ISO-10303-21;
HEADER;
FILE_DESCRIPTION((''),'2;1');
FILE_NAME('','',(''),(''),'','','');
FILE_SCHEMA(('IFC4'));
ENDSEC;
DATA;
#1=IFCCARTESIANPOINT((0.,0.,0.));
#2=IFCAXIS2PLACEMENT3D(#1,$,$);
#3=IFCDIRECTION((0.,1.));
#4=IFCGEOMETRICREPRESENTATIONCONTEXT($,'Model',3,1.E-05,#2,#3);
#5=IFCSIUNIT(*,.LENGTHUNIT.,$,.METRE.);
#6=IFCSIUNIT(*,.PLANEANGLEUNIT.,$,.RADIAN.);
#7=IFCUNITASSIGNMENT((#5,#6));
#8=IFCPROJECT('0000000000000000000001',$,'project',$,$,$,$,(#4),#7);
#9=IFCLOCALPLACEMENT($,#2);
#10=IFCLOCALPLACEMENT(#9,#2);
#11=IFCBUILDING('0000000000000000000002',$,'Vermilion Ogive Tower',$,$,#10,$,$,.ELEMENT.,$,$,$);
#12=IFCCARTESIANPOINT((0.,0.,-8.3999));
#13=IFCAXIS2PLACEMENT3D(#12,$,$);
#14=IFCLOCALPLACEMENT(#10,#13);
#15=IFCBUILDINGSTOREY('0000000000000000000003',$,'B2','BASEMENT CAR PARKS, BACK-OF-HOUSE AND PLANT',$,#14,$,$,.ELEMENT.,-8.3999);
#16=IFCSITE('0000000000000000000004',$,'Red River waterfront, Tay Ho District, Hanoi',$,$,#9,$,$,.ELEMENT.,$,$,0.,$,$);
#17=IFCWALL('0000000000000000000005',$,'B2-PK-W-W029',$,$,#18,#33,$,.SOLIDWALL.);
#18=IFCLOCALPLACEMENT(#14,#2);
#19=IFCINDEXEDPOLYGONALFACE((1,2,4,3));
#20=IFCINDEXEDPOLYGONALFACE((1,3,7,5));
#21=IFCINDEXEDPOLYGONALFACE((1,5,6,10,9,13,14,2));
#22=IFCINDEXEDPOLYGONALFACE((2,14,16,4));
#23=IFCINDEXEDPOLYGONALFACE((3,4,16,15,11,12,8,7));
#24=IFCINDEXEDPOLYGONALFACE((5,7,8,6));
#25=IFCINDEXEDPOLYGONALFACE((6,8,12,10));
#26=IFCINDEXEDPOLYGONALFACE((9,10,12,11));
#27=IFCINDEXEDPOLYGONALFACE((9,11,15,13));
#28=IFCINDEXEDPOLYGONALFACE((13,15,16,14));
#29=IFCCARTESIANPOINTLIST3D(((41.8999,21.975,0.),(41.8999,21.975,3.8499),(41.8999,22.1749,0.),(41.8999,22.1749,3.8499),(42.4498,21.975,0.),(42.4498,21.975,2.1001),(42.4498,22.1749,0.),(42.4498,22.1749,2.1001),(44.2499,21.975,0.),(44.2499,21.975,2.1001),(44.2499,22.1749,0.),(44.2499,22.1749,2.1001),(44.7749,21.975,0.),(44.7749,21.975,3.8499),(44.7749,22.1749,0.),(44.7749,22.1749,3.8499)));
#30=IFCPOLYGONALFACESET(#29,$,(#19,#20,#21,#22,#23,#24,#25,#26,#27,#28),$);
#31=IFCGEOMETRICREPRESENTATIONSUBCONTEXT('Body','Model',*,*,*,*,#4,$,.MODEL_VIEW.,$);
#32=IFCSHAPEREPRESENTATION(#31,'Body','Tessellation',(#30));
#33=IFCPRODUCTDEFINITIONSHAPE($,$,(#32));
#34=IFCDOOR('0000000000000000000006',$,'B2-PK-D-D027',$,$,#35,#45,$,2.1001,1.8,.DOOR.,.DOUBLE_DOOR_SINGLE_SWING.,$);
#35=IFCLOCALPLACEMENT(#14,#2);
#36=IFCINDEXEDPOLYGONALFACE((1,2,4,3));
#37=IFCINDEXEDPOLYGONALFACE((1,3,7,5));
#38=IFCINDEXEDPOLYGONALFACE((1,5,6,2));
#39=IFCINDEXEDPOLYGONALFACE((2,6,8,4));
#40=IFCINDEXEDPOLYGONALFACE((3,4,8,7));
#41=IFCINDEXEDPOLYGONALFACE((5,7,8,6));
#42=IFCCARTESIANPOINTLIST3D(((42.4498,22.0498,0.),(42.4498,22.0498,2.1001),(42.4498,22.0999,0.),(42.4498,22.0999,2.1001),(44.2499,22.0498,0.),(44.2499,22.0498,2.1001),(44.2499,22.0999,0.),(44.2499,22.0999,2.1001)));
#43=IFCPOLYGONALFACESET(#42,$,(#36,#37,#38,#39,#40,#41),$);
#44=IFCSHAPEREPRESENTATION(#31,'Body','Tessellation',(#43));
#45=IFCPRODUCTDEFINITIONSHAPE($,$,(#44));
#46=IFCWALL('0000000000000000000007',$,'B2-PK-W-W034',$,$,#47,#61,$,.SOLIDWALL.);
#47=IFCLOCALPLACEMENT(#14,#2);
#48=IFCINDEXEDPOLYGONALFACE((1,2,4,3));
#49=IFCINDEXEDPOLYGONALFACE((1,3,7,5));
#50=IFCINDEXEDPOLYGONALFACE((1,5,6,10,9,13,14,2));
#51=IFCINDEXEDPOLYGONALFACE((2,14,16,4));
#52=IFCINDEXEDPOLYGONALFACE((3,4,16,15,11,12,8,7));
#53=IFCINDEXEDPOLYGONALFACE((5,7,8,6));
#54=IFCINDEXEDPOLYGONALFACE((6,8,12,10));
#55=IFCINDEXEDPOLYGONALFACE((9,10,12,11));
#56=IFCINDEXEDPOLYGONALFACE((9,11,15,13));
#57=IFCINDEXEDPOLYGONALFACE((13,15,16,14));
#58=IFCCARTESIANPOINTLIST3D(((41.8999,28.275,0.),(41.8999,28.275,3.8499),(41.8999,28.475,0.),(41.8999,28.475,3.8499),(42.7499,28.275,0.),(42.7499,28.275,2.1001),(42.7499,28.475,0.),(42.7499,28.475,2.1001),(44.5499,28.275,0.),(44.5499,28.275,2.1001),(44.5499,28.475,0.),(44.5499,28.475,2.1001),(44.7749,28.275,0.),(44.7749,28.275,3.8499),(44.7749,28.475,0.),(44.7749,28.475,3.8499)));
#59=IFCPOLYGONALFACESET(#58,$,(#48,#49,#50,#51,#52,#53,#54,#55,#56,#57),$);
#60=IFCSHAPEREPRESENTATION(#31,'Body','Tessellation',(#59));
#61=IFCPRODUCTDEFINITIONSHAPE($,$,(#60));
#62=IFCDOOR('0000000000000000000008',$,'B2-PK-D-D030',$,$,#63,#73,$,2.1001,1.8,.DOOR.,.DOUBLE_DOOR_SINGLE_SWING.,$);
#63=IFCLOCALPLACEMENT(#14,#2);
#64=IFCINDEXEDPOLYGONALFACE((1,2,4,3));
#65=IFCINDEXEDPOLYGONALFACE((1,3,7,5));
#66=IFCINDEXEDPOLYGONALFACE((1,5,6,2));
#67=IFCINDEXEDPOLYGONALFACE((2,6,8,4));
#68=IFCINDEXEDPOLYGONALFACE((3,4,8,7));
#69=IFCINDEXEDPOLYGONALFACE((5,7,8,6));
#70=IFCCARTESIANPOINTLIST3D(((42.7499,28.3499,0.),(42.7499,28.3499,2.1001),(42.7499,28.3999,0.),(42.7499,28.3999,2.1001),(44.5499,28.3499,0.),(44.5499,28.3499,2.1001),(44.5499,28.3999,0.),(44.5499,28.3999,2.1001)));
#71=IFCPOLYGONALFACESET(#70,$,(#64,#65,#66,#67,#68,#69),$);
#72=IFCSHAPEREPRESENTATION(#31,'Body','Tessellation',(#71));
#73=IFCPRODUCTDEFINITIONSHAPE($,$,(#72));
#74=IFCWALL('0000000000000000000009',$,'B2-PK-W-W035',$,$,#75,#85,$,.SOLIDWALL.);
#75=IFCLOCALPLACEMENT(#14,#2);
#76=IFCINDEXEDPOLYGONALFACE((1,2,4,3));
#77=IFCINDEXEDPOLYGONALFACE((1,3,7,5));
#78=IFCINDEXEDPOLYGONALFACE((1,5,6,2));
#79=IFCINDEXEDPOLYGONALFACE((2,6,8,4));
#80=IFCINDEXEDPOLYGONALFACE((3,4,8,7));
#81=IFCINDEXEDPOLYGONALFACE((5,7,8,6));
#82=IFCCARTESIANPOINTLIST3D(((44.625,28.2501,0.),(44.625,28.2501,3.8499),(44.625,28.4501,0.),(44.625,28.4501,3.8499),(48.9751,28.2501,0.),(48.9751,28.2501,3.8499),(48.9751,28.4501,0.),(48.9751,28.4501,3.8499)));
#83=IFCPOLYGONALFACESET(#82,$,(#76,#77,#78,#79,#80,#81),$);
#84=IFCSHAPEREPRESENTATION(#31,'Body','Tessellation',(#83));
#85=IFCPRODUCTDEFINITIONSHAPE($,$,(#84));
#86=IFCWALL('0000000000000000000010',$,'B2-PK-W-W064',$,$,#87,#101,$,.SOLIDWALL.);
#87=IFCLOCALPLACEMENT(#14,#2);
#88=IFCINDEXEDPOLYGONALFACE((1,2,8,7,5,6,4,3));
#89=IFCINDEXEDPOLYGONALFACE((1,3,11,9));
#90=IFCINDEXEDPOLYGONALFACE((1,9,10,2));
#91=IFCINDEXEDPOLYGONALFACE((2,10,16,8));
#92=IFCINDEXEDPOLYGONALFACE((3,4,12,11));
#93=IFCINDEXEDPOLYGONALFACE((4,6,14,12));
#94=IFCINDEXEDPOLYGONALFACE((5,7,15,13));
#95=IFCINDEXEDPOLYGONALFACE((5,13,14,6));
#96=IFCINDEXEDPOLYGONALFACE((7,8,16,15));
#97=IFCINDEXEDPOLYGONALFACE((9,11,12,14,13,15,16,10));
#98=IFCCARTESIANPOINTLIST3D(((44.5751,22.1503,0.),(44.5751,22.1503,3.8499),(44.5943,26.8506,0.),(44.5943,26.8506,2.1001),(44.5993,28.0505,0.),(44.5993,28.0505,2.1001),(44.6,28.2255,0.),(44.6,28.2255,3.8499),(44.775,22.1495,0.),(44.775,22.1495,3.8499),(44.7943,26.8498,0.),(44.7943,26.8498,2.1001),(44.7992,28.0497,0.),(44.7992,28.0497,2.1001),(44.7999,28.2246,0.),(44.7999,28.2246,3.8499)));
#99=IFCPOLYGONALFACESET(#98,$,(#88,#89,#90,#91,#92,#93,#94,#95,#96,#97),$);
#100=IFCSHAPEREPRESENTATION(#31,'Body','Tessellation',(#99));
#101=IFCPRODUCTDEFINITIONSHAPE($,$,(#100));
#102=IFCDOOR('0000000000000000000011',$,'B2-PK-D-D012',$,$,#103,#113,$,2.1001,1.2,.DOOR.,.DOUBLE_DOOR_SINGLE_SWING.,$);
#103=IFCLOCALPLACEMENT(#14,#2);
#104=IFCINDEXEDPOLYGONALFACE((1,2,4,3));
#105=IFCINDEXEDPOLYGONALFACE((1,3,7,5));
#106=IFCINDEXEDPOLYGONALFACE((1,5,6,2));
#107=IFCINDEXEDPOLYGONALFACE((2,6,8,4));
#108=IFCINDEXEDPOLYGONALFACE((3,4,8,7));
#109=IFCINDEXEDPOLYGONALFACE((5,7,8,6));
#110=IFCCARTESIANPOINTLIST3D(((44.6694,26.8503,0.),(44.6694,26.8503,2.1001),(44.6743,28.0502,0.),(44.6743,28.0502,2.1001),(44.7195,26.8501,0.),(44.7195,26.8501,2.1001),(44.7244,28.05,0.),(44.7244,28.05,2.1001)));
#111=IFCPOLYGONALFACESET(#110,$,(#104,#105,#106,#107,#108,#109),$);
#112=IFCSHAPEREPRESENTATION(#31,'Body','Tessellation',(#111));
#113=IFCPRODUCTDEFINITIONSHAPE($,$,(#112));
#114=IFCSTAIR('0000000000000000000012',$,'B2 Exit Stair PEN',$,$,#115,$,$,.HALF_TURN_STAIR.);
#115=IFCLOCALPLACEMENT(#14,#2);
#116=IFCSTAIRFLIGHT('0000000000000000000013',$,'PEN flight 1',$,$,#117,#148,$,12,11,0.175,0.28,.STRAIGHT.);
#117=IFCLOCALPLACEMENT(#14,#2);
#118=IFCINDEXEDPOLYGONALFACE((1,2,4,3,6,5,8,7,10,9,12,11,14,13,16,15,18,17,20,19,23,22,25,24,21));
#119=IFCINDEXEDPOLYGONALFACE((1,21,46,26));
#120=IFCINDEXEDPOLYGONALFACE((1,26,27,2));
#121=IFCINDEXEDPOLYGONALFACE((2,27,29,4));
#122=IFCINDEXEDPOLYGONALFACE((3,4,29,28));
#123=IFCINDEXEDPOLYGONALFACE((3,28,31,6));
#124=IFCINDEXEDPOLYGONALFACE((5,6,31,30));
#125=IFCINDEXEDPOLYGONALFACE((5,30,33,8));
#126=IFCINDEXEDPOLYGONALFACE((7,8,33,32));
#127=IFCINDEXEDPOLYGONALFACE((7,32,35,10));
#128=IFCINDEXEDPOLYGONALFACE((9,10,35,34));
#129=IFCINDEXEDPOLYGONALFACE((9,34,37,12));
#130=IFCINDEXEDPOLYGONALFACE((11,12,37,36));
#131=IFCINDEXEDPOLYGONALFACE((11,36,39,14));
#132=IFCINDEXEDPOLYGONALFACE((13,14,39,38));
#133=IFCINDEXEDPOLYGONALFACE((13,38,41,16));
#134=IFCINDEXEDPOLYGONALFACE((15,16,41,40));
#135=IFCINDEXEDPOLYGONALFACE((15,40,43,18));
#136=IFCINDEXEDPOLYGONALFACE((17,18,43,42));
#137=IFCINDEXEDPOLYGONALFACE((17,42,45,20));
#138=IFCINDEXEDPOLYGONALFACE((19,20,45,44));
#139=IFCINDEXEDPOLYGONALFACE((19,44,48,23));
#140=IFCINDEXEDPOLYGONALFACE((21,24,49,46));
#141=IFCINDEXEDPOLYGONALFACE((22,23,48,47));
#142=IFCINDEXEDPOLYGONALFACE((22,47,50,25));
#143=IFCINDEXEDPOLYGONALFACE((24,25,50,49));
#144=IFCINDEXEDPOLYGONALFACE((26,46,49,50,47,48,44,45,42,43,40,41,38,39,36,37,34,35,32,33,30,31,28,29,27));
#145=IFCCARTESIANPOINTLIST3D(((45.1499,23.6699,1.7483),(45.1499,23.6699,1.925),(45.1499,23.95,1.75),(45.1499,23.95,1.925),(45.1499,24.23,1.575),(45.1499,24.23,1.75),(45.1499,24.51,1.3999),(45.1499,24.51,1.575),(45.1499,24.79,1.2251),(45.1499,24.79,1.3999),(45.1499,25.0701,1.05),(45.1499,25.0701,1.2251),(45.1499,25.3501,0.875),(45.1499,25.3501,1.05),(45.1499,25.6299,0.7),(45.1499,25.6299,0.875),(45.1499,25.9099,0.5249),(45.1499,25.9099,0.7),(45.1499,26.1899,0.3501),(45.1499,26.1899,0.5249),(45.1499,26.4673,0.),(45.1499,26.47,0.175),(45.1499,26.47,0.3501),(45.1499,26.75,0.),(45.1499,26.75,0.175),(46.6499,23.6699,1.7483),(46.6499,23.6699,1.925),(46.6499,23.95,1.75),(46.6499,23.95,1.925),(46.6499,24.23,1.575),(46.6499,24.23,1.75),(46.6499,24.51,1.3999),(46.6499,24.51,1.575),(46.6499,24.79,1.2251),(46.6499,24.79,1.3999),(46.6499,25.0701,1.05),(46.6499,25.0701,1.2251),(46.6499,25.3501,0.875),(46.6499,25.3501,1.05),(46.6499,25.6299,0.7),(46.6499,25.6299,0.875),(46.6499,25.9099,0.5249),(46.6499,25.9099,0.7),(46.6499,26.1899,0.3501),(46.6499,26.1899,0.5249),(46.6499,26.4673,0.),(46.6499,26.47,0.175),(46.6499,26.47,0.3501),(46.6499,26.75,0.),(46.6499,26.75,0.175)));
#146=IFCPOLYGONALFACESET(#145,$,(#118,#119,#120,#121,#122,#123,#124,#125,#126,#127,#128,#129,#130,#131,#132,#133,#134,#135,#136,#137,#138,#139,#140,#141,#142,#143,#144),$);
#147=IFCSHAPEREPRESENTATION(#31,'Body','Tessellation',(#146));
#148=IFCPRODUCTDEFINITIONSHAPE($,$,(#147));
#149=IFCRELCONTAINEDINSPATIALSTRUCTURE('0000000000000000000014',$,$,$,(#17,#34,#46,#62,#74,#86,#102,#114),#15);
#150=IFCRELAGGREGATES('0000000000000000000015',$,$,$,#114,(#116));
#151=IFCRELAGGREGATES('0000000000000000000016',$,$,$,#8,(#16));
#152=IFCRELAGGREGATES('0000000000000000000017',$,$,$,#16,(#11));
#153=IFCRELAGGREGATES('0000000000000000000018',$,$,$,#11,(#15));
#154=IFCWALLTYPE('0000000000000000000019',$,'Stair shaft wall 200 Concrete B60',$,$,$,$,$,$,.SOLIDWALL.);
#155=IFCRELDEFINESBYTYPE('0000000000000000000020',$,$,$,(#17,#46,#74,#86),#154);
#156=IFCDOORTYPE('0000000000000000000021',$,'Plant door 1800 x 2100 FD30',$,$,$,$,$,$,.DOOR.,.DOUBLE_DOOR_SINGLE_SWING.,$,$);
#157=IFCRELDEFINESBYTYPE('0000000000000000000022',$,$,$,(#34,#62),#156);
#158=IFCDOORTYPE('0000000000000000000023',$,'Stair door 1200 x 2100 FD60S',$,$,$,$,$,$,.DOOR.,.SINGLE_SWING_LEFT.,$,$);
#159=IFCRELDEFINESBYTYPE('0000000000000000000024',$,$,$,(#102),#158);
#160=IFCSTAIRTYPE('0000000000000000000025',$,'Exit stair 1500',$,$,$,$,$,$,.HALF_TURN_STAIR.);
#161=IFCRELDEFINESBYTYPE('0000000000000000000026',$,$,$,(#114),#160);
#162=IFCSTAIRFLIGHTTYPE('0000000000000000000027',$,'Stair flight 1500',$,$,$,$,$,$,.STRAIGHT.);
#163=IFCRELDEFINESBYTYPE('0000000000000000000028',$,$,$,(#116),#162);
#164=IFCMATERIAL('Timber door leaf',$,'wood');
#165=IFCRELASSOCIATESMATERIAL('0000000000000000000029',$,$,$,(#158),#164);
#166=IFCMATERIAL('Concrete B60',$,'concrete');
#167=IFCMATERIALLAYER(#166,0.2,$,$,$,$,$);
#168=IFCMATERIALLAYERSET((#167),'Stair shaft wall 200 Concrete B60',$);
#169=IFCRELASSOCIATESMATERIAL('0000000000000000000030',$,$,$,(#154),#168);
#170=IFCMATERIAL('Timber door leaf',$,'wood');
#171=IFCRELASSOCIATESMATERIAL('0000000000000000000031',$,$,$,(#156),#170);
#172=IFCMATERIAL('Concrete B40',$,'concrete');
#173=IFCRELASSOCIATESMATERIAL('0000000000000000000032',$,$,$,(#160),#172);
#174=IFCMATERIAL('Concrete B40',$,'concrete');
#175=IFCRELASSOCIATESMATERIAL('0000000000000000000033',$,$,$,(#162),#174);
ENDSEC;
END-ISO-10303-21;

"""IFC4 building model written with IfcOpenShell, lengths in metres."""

from ifc_helpers import new_model, si_unit, direction, frame, frame_2d, origin, place, context, subcontext, project, spatial, polyline, rectangle, outline, extrude, material, layer, layer_set, type_object, element, fill, aggregate, save


model = new_model("IFC4")

# Units and contexts
model_context = context("Model", 3, precision=1e-05, world=origin(), true_north=direction((0.0, 1.0)))
body_context = subcontext(model_context, "Body", "Model", "MODEL_VIEW")
ifc_project = project(units=[si_unit("LENGTHUNIT", "METRE"), si_unit("PLANEANGLEUNIT", "RADIAN")], contexts=[model_context])

# Site, building, storey
site_placement = place(None, origin())
site = spatial("IfcSite", under=ifc_project, at=site_placement, Name="Red River waterfront, Tay Ho District, Hanoi", CompositionType="ELEMENT", RefElevation=0.0)
building_placement = place(site_placement, origin())
building = spatial("IfcBuilding", under=site, at=building_placement, Name="Vermilion Ogive Tower", CompositionType="ELEMENT")
storey_placement = place(building_placement, frame((0.0, 0.0, -8.3999)))
storey = spatial("IfcBuildingStorey", under=building, at=storey_placement, Name="B2", Description="BASEMENT CAR PARKS, BACK-OF-HOUSE AND PLANT", CompositionType="ELEMENT", Elevation=-8.3999)

# Shared definitions
ifc_material_1 = material(Name="Timber door leaf", Category="wood")
door_type_1 = type_object("IfcDoorType", Name="Stair door 1200 x 2100 FD60S", OperationType="SINGLE_SWING_LEFT", PredefinedType="DOOR", material=ifc_material_1)

# Walls, openings, doors
ifc_material_2 = material(Name="Concrete B60", Category="concrete")
ifc_layer_1 = layer(ifc_material_2, 0.2)
ifc_layer_set_1 = layer_set([ifc_layer_1], Name="Stair shaft wall 200 Concrete B60")
wall_type_1 = type_object("IfcWallType", Name="Stair shaft wall 200 Concrete B60", PredefinedType="SOLIDWALL", material=ifc_layer_set_1)
wall_1_placement = place(storey_placement, frame((41.8999, 22.075, 0.0), z_axis=(0.0, 0.0, 1.0), x_axis=(1.0, 0.0, 0.0)))
wall_1 = element("IfcWall", 1, at=wall_1_placement, inside=storey, type_object=wall_type_1, Name="B2-PK-W-W029", PredefinedType="SOLIDWALL", context=body_context, shape_type="SweptSolid", body=[
    extrude(rectangle(XDim=2.875, YDim=0.2, at=frame_2d((1.4375, 0.0))), origin(), (0.0, 0.0, 1.0), 3.8499),
])
opening_1_placement = place(wall_1_placement, frame((0.55, 0.0, 0.0)))
opening_1 = element("IfcOpeningElement", 2, at=opening_1_placement, cuts=wall_1, PredefinedType="OPENING", context=body_context, shape_type="SweptSolid", body=[
    extrude(rectangle(XDim=1.8, YDim=2.1001, at=frame_2d((0.8999, 1.05))), frame((0.0, 0.1099, 0.0), z_axis=(0.0, -1.0, 0.0), x_axis=(1.0, 0.0, 0.0)), (0.0, 0.0, 1.0), 0.22),
])
ifc_material_3 = material(Name="Timber door leaf", Category="wood")
door_type_2 = type_object("IfcDoorType", Name="Plant door 1800 x 2100 FD30", OperationType="DOUBLE_DOOR_SINGLE_SWING", PredefinedType="DOOR", material=ifc_material_3)
door_1_placement = place(opening_1_placement, origin())
door_1 = element("IfcDoor", 3, at=door_1_placement, inside=storey, type_object=door_type_2, Name="B2-PK-D-D027", OperationType="DOUBLE_DOOR_SINGLE_SWING", OverallHeight=2.1001, OverallWidth=1.8, PredefinedType="DOOR", context=body_context, shape_type="SweptSolid", body=[
    extrude(rectangle(XDim=1.8, YDim=2.1001, at=frame_2d((0.8999, 1.05))), frame((0.0, 0.0249, 0.0), z_axis=(0.0, -1.0, 0.0), x_axis=(1.0, 0.0, 0.0)), (0.0, 0.0, 1.0), 0.05),
])
fill(opening_1, door_1)
wall_2_placement = place(storey_placement, frame((41.8999, 28.375, 0.0), z_axis=(0.0, 0.0, 1.0), x_axis=(1.0, 0.0, 0.0)))
wall_2 = element("IfcWall", 4, at=wall_2_placement, inside=storey, type_object=wall_type_1, Name="B2-PK-W-W034", PredefinedType="SOLIDWALL", context=body_context, shape_type="SweptSolid", body=[
    extrude(rectangle(XDim=2.875, YDim=0.2, at=frame_2d((1.4375, 0.0))), origin(), (0.0, 0.0, 1.0), 3.8499),
])
opening_2_placement = place(wall_2_placement, frame((0.8501, 0.0, 0.0)))
opening_2 = element("IfcOpeningElement", 5, at=opening_2_placement, cuts=wall_2, PredefinedType="OPENING", context=body_context, shape_type="SweptSolid", body=[
    extrude(rectangle(XDim=1.8, YDim=2.1001, at=frame_2d((0.8999, 1.05))), frame((0.0, 0.1099, 0.0), z_axis=(0.0, -1.0, 0.0), x_axis=(1.0, 0.0, 0.0)), (0.0, 0.0, 1.0), 0.22),
])
door_2_placement = place(opening_2_placement, origin())
door_2 = element("IfcDoor", 6, at=door_2_placement, inside=storey, type_object=door_type_2, Name="B2-PK-D-D030", OperationType="DOUBLE_DOOR_SINGLE_SWING", OverallHeight=2.1001, OverallWidth=1.8, PredefinedType="DOOR", context=body_context, shape_type="SweptSolid", body=[
    extrude(rectangle(XDim=1.8, YDim=2.1001, at=frame_2d((0.8999, 1.05))), frame((0.0, 0.0249, 0.0), z_axis=(0.0, -1.0, 0.0), x_axis=(1.0, 0.0, 0.0)), (0.0, 0.0, 1.0), 0.05),
])
fill(opening_2, door_2)

# Wall
wall_3_placement = place(storey_placement, frame((44.625, 28.3501, 0.0), z_axis=(0.0, 0.0, 1.0), x_axis=(1.0, 0.0, 0.0)))
element("IfcWall", 7, at=wall_3_placement, inside=storey, type_object=wall_type_1, Name="B2-PK-W-W035", PredefinedType="SOLIDWALL", context=body_context, shape_type="SweptSolid", body=[
    extrude(rectangle(XDim=4.3501, YDim=0.2, at=frame_2d((2.175, 0.0))), origin(), (0.0, 0.0, 1.0), 3.8499),
])

# Wall, opening, door
wall_4_placement = place(storey_placement, frame((44.675, 22.1499, 0.0), z_axis=(0.0, 0.0, 1.0), x_axis=(0.004099, 0.999992, 0.0)))
wall_4 = element("IfcWall", 8, at=wall_4_placement, inside=storey, type_object=wall_type_1, Name="B2-PK-W-W064", PredefinedType="SOLIDWALL", context=body_context, shape_type="SweptSolid", body=[
    extrude(rectangle(XDim=6.0752, YDim=0.2, at=frame_2d((3.0376, 0.0))), origin(), (0.0, 0.0, 1.0), 3.8499),
])
opening_3_placement = place(wall_4_placement, frame((4.7002, 0.0, 0.0)))
opening_3 = element("IfcOpeningElement", 9, at=opening_3_placement, cuts=wall_4, PredefinedType="OPENING", context=body_context, shape_type="SweptSolid", body=[
    extrude(rectangle(XDim=1.2, YDim=2.1001, at=frame_2d((0.6001, 1.05))), frame((0.0, 0.1099, 0.0), z_axis=(0.0, -1.0, 0.0), x_axis=(1.0, 0.0, 0.0)), (0.0, 0.0, 1.0), 0.22),
])
door_3_placement = place(opening_3_placement, origin())
door_3 = element("IfcDoor", 10, at=door_3_placement, inside=storey, type_object=door_type_1, Name="B2-PK-D-D012", OperationType="DOUBLE_DOOR_SINGLE_SWING", OverallHeight=2.1001, OverallWidth=1.2, PredefinedType="DOOR", context=body_context, shape_type="SweptSolid", body=[
    extrude(rectangle(XDim=1.2, YDim=2.1001, at=frame_2d((0.6001, 1.05))), frame((0.0, 0.0249, 0.0), z_axis=(0.0, -1.0, 0.0), x_axis=(1.0, 0.0, 0.0)), (0.0, 0.0, 1.0), 0.05),
])
fill(opening_3, door_3)

# Stair, stair flight
ifc_material_4 = material(Name="Concrete B40", Category="concrete")
stair_type = type_object("IfcStairType", Name="Exit stair 1500", PredefinedType="HALF_TURN_STAIR", material=ifc_material_4)
stair_placement = place(storey_placement, origin())
stair = element("IfcStair", 11, at=stair_placement, inside=storey, type_object=stair_type, Name="B2 Exit Stair PEN", PredefinedType="HALF_TURN_STAIR")
ifc_material_5 = material(Name="Concrete B40", Category="concrete")
stair_flight_type = type_object("IfcStairFlightType", Name="Stair flight 1500", PredefinedType="STRAIGHT", material=ifc_material_5)
stair_flight_placement = place(storey_placement, frame((45.8999, 26.75, 0.0), z_axis=(0.0, 0.0, 1.0), x_axis=(0.0, -1.0, 0.0)))
stair_flight = element("IfcStairFlight", 12, at=stair_flight_placement, type_object=stair_flight_type, Name="PEN flight 1", NumberOfRisers=12, NumberOfTreads=11, PredefinedType="STRAIGHT", RiserHeight=0.175, TreadLength=0.28, context=body_context, shape_type="SweptSolid", body=[
    extrude(outline(polyline([(0.0, 0.0), (0.0, 0.175), (0.28, 0.175), (0.28, 0.3501), (0.5601, 0.3501), (0.5601, 0.5249), (0.8401, 0.5249), (0.8401, 0.7), (1.1201, 0.7), (1.1201, 0.875), (1.3999, 0.875), (1.3999, 1.05), (1.6799, 1.05), (1.6799, 1.2251), (1.96, 1.2251), (1.96, 1.3999), (2.24, 1.3999), (2.24, 1.575), (2.52, 1.575), (2.52, 1.75), (2.8, 1.75), (2.8, 1.925), (3.0801, 1.925), (3.0801, 2.1001), (3.0801, 1.7483), (0.2827, 0.0), (0.0, 0.0)])), frame((0.0, 0.75, 0.0), z_axis=(0.0, -1.0, 0.0), x_axis=(1.0, 0.0, 0.0)), (0.0, 0.0, 1.0), 1.5),
])
aggregate(stair, [stair_flight])

save(model, "model.ifc")
